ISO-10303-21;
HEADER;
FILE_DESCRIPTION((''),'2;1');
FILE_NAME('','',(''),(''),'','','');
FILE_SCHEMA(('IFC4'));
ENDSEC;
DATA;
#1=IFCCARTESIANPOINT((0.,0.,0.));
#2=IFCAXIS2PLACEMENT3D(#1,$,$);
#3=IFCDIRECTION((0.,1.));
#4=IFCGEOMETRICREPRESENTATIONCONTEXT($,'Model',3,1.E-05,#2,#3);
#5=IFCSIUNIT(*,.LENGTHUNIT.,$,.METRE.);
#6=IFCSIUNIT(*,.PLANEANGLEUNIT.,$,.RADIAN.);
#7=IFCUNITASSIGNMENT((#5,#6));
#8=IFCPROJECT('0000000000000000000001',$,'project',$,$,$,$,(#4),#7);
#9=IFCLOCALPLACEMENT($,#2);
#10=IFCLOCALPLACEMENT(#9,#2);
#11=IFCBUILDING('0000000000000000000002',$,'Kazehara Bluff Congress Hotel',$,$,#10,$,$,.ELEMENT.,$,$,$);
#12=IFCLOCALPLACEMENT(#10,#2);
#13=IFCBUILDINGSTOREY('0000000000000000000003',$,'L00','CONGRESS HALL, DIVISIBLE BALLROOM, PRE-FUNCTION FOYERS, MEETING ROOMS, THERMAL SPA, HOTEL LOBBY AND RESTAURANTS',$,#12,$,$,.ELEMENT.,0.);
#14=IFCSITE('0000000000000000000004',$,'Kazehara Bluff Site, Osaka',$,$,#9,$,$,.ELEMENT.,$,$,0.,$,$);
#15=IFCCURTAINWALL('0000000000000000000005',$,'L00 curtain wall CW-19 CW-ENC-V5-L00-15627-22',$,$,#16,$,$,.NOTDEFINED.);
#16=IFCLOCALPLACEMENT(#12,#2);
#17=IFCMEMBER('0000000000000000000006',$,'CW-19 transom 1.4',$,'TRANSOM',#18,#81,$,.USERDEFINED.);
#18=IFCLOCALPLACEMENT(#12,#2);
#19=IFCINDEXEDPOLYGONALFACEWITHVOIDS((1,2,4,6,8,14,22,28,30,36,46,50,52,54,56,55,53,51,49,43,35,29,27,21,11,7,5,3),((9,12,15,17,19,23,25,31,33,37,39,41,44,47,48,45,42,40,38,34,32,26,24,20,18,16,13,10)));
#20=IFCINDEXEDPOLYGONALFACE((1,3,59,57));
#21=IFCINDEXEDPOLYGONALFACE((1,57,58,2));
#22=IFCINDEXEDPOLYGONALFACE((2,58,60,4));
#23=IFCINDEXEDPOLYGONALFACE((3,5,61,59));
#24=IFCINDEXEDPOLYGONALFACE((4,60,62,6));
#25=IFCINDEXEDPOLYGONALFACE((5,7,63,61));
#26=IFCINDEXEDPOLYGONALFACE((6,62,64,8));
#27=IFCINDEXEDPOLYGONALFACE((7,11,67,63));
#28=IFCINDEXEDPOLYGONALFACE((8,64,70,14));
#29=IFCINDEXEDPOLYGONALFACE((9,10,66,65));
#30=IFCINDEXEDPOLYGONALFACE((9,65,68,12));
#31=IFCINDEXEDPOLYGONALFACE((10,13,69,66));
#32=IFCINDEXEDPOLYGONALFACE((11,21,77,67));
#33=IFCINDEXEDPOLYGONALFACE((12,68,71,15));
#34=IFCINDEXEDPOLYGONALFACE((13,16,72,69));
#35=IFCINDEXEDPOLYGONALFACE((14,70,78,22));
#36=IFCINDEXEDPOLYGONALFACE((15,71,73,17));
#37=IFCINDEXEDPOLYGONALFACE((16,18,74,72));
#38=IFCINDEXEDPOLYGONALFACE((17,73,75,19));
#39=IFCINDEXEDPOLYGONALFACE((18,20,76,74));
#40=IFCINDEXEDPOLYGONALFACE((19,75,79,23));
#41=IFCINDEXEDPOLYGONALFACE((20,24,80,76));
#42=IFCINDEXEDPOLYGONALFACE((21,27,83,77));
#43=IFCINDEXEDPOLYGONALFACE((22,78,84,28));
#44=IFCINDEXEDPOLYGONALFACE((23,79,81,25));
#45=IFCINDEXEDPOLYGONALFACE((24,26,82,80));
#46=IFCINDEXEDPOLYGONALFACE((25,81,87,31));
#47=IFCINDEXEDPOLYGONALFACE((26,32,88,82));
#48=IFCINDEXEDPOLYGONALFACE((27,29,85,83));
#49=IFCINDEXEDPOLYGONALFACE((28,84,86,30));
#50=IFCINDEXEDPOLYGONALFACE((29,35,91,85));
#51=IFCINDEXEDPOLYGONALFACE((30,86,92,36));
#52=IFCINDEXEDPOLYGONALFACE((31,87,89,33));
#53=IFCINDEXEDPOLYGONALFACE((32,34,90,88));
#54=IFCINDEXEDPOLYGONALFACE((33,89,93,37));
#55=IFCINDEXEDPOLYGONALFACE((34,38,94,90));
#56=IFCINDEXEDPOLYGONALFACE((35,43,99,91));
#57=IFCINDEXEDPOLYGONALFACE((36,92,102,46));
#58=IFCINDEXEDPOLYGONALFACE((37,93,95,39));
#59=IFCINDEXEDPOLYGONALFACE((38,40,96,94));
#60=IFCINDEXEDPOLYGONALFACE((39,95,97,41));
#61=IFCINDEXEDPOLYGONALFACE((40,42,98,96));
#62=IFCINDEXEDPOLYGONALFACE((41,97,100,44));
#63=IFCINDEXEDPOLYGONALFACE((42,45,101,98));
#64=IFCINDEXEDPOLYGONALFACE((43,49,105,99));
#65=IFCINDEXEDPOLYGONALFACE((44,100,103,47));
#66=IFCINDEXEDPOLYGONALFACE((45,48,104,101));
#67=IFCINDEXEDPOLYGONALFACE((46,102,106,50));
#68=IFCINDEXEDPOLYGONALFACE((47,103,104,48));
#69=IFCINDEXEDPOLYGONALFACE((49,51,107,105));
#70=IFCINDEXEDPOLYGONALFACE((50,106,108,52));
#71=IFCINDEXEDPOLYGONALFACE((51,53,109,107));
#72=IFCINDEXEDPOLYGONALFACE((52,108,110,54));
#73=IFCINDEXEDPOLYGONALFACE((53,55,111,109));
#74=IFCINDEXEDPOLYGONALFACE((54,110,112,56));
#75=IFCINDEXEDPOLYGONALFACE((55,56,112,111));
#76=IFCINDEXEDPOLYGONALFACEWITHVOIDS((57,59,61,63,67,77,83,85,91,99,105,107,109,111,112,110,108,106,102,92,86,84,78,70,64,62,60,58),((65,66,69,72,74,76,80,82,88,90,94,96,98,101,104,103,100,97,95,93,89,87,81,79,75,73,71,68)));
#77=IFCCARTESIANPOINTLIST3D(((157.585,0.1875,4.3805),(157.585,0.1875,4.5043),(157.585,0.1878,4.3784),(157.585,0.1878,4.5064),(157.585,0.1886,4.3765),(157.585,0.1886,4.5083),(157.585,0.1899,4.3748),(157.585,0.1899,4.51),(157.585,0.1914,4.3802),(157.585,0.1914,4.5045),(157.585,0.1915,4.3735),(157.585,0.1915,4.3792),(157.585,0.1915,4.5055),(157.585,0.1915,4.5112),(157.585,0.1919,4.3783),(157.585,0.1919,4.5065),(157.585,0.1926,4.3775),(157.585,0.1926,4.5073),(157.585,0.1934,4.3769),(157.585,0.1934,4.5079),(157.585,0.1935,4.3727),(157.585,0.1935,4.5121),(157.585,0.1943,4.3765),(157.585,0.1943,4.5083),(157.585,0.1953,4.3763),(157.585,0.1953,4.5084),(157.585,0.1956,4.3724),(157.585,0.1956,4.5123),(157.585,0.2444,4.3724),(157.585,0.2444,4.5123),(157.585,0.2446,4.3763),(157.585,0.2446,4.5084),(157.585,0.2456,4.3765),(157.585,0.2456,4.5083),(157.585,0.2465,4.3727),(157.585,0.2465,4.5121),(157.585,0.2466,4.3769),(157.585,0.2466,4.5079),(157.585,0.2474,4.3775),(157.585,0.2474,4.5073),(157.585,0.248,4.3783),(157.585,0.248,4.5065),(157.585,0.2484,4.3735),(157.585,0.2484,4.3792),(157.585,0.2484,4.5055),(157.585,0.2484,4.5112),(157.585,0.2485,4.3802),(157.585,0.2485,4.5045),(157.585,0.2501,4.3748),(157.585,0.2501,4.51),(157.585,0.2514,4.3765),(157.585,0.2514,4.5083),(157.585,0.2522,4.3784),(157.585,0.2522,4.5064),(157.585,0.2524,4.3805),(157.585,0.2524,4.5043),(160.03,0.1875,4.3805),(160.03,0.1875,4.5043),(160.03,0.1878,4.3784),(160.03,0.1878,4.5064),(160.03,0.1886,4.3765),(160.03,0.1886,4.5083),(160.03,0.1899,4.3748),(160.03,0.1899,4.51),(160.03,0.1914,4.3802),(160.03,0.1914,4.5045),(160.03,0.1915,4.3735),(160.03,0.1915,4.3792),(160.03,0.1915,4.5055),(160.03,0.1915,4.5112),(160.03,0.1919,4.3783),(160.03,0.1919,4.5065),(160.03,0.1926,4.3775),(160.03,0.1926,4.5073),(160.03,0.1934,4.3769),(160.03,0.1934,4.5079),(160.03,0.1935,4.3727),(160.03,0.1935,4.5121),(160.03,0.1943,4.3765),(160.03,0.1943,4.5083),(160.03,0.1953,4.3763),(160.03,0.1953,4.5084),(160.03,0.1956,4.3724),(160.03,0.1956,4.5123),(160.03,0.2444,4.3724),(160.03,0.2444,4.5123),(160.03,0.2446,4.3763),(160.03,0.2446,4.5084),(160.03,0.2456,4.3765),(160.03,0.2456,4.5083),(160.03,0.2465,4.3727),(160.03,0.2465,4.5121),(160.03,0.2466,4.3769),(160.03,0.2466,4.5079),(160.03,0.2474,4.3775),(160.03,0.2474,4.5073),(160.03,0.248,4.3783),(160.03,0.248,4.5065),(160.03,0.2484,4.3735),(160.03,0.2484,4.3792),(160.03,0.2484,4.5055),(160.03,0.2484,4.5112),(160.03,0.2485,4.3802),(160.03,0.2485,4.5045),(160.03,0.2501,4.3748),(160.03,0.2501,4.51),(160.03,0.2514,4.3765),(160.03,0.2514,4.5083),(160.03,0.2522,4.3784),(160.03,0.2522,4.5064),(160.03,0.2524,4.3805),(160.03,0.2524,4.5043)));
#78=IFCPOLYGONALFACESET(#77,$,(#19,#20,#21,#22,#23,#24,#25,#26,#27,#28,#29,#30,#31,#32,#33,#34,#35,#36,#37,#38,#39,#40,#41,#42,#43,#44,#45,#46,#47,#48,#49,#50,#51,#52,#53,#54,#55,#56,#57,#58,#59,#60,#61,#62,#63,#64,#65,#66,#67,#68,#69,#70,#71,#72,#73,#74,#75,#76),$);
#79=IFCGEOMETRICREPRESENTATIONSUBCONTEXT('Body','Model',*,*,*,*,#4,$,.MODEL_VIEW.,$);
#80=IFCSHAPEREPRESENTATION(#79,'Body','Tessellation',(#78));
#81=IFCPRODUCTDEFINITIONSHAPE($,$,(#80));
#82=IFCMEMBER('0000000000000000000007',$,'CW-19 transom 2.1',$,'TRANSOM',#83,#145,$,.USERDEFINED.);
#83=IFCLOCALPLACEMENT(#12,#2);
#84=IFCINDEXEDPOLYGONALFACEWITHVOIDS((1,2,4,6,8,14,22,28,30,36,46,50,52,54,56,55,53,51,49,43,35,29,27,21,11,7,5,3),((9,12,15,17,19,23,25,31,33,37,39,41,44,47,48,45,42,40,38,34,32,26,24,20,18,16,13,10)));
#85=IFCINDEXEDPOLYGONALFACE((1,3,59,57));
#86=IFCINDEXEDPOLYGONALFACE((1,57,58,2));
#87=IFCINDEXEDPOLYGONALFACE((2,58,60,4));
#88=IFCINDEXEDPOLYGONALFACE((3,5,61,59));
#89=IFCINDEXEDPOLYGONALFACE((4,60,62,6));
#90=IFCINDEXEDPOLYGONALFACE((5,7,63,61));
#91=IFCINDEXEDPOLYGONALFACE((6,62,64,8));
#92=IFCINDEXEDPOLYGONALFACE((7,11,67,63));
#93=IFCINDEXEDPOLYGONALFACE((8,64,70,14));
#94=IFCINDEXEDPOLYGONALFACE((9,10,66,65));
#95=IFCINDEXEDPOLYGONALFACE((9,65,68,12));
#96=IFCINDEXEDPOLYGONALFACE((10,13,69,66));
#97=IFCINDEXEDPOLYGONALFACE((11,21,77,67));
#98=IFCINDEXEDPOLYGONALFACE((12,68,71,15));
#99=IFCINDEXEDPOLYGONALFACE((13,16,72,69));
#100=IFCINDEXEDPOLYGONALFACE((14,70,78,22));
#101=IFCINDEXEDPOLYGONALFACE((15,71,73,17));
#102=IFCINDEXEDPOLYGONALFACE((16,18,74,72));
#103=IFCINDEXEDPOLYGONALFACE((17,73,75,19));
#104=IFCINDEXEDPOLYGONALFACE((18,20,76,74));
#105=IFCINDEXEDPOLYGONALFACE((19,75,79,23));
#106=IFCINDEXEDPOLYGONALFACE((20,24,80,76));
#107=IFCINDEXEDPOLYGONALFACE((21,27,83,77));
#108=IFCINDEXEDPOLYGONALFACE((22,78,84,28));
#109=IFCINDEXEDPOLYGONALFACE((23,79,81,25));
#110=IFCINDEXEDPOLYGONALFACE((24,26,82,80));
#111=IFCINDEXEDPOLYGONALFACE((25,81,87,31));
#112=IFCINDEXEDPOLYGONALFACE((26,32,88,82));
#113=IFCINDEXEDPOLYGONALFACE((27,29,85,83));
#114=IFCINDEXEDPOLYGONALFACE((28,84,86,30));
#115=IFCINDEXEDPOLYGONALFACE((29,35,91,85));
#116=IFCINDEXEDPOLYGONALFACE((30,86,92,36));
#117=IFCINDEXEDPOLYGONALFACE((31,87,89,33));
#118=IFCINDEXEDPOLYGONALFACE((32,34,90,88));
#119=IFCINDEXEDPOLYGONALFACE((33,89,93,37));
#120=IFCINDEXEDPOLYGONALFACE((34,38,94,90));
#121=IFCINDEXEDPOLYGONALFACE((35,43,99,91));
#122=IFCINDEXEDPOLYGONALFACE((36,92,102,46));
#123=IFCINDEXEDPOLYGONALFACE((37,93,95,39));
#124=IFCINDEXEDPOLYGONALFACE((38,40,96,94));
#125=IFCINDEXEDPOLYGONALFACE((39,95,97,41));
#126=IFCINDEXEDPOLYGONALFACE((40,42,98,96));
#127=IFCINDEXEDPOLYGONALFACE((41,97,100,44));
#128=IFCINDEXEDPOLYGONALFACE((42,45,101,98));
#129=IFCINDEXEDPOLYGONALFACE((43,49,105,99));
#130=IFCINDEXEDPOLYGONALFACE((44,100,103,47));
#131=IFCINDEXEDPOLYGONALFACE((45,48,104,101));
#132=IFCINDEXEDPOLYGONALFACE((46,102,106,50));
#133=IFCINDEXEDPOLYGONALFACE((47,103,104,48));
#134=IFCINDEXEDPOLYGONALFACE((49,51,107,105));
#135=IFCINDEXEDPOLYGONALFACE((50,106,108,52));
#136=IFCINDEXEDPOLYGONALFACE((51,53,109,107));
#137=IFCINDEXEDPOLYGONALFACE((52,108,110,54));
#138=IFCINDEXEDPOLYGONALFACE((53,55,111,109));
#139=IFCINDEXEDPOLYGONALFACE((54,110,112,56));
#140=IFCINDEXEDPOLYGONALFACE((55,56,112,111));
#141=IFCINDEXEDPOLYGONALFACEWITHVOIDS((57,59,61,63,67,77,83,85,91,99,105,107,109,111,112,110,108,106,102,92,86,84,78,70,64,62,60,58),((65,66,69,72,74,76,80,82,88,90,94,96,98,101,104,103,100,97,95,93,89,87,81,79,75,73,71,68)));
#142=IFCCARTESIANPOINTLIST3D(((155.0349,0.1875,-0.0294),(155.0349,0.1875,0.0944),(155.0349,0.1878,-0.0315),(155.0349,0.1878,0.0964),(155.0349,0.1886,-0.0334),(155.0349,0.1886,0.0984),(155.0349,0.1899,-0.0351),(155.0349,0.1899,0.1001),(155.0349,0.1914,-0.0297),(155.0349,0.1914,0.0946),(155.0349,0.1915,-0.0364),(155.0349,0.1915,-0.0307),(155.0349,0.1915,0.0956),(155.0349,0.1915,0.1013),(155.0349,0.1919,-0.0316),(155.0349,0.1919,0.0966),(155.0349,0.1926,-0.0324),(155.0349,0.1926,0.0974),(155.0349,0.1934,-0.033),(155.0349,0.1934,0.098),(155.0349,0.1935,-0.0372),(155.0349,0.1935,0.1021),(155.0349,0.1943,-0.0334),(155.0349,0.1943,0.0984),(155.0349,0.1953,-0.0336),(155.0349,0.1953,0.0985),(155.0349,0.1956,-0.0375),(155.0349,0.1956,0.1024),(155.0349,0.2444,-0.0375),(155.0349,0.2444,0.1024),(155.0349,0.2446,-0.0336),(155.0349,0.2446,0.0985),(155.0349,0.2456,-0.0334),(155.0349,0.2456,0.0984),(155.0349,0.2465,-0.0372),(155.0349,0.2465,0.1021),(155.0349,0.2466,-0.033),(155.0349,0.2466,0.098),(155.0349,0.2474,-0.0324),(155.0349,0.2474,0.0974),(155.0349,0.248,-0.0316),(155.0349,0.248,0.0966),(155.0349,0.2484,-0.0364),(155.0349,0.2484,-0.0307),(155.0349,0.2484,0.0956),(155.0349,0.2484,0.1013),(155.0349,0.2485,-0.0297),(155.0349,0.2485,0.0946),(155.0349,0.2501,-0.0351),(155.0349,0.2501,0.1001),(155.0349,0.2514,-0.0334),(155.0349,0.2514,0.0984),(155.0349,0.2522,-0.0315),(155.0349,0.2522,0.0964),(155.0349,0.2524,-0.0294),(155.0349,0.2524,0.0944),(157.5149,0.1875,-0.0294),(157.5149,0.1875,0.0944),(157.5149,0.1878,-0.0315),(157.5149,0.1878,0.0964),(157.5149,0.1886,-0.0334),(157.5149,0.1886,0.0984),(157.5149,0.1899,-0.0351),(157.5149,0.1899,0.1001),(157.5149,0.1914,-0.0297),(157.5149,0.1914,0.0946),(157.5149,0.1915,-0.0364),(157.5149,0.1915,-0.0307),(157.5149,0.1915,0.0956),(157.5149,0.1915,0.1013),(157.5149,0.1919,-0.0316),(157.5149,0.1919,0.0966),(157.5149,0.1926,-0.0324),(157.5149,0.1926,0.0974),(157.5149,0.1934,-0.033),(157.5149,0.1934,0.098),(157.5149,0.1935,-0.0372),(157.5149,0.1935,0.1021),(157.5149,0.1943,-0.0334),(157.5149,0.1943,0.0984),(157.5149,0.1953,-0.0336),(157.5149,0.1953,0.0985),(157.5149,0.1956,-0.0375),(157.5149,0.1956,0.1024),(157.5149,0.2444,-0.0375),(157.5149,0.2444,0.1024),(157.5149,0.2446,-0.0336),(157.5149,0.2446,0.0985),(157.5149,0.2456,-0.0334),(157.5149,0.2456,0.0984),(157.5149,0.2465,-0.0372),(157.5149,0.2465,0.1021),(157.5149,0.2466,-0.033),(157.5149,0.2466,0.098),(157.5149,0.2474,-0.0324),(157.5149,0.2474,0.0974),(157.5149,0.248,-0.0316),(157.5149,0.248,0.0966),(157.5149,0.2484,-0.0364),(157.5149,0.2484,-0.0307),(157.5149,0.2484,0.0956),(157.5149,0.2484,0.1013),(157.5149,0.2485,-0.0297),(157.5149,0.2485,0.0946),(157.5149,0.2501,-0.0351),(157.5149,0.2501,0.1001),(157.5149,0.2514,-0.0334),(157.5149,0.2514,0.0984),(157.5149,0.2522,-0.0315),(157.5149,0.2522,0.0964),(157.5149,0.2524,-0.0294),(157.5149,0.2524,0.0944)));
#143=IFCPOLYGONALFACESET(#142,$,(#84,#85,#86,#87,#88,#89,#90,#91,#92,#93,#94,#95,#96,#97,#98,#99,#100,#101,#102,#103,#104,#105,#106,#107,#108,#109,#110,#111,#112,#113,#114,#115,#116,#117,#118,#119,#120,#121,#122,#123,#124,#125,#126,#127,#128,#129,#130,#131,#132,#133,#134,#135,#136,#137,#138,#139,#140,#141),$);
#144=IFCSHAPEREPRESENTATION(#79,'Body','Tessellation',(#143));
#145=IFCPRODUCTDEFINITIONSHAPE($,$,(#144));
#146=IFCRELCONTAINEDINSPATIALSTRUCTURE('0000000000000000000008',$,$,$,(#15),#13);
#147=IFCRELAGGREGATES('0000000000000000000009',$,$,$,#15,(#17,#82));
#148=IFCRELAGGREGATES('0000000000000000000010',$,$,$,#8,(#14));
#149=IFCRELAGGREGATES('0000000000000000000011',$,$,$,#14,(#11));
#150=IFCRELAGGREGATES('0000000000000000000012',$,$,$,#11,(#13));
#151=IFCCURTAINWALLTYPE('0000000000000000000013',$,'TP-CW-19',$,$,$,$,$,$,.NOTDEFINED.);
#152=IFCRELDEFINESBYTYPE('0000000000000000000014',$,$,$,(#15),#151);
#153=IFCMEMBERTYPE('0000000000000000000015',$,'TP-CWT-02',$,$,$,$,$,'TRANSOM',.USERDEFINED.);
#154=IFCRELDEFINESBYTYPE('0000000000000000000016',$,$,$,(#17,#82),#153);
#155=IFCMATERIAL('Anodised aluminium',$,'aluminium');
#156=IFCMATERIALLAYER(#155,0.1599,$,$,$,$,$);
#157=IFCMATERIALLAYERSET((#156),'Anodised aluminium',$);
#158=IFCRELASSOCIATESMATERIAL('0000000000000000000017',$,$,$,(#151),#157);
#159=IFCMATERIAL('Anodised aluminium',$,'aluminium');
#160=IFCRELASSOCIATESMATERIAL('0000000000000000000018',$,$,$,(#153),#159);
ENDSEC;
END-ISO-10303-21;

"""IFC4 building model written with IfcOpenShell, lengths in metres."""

from ifc_helpers import new_model, si_unit, direction, frame, origin, origin_2d, place, context, subcontext, project, spatial, hollow_rectangle, extrude, material, layer, layer_set, material_profile, profile_set, type_object, element, aggregate, save


model = new_model("IFC4")

# Units and contexts
model_context = context("Model", 3, precision=1e-05, world=origin(), true_north=direction((0.0, 1.0)))
body_context = subcontext(model_context, "Body", "Model", "MODEL_VIEW")
ifc_project = project(units=[si_unit("LENGTHUNIT", "METRE"), si_unit("PLANEANGLEUNIT", "RADIAN")], contexts=[model_context])

# Site, building, storey
site_placement = place(None, origin())
site = spatial("IfcSite", under=ifc_project, at=site_placement, Name="Kazehara Bluff Site, Osaka", CompositionType="ELEMENT", RefElevation=0.0)
building_placement = place(site_placement, origin())
building = spatial("IfcBuilding", under=site, at=building_placement, Name="Kazehara Bluff Congress Hotel", CompositionType="ELEMENT")
storey_placement = place(building_placement, origin())
storey = spatial("IfcBuildingStorey", under=building, at=storey_placement, Name="L00", Description="CONGRESS HALL, DIVISIBLE BALLROOM, PRE-FUNCTION FOYERS, MEETING ROOMS, THERMAL SPA, HOTEL LOBBY AND RESTAURANTS", CompositionType="ELEMENT", Elevation=0.0)

# Curtain wall, members
ifc_material_1 = material(Name="Anodised aluminium", Category="aluminium")
ifc_layer_1 = layer(ifc_material_1, 0.1599)
ifc_layer_set_1 = layer_set([ifc_layer_1], Name="Anodised aluminium")
curtain_wall_type = type_object("IfcCurtainWallType", Name="TP-CW-19", PredefinedType="NOTDEFINED", material=ifc_layer_set_1)
curtain_wall_placement = place(storey_placement, origin())
curtain_wall = element("IfcCurtainWall", 1, at=curtain_wall_placement, inside=storey, type_object=curtain_wall_type, Name="L00 curtain wall CW-19 CW-ENC-V5-L00-15627-22", PredefinedType="NOTDEFINED")
ifc_material_2 = material(Name="Anodised aluminium", Category="aluminium")
ifc_material_profile_1 = material_profile(ifc_material_2, hollow_rectangle(XDim=0.0649, YDim=0.1399, WallThickness=0.0039, InnerFilletRadius=0.0039, OuterFilletRadius=0.0081, at=origin_2d()))
ifc_profile_set_1 = profile_set([ifc_material_profile_1], Name="Anodised aluminium")
member_type_1 = type_object("IfcMemberType", Name="TP-CWT-02", ElementType="TRANSOM", PredefinedType="USERDEFINED", material=ifc_profile_set_1)
member_1_placement = place(storey_placement, frame((160.03, 0.22, 4.4424), z_axis=(-1.0, 0.0, 0.0), x_axis=(0.0, -1.0, 0.0)))
member_1 = element("IfcMember", 2, at=member_1_placement, type_object=member_type_1, Name="CW-19 transom 1.4", ObjectType="TRANSOM", PredefinedType="USERDEFINED", context=body_context, shape_type="SweptSolid", body=[
    extrude(hollow_rectangle(XDim=0.0649, YDim=0.1399, WallThickness=0.0039, InnerFilletRadius=0.0039, OuterFilletRadius=0.0081, at=origin_2d()), origin(), (0.0, 0.0, 1.0), 2.4451),
])
member_2_placement = place(storey_placement, frame((157.5149, 0.22, 0.0325), z_axis=(-1.0, 0.0, 0.0), x_axis=(0.0, -1.0, 0.0)))
member_2 = element("IfcMember", 3, at=member_2_placement, type_object=member_type_1, Name="CW-19 transom 2.1", ObjectType="TRANSOM", PredefinedType="USERDEFINED", context=body_context, shape_type="SweptSolid", body=[
    extrude(hollow_rectangle(XDim=0.0649, YDim=0.1399, WallThickness=0.0039, InnerFilletRadius=0.0039, OuterFilletRadius=0.0081, at=origin_2d()), origin(), (0.0, 0.0, 1.0), 2.48),
])

aggregate(curtain_wall, [member_1, member_2])

save(model, "model.ifc")
